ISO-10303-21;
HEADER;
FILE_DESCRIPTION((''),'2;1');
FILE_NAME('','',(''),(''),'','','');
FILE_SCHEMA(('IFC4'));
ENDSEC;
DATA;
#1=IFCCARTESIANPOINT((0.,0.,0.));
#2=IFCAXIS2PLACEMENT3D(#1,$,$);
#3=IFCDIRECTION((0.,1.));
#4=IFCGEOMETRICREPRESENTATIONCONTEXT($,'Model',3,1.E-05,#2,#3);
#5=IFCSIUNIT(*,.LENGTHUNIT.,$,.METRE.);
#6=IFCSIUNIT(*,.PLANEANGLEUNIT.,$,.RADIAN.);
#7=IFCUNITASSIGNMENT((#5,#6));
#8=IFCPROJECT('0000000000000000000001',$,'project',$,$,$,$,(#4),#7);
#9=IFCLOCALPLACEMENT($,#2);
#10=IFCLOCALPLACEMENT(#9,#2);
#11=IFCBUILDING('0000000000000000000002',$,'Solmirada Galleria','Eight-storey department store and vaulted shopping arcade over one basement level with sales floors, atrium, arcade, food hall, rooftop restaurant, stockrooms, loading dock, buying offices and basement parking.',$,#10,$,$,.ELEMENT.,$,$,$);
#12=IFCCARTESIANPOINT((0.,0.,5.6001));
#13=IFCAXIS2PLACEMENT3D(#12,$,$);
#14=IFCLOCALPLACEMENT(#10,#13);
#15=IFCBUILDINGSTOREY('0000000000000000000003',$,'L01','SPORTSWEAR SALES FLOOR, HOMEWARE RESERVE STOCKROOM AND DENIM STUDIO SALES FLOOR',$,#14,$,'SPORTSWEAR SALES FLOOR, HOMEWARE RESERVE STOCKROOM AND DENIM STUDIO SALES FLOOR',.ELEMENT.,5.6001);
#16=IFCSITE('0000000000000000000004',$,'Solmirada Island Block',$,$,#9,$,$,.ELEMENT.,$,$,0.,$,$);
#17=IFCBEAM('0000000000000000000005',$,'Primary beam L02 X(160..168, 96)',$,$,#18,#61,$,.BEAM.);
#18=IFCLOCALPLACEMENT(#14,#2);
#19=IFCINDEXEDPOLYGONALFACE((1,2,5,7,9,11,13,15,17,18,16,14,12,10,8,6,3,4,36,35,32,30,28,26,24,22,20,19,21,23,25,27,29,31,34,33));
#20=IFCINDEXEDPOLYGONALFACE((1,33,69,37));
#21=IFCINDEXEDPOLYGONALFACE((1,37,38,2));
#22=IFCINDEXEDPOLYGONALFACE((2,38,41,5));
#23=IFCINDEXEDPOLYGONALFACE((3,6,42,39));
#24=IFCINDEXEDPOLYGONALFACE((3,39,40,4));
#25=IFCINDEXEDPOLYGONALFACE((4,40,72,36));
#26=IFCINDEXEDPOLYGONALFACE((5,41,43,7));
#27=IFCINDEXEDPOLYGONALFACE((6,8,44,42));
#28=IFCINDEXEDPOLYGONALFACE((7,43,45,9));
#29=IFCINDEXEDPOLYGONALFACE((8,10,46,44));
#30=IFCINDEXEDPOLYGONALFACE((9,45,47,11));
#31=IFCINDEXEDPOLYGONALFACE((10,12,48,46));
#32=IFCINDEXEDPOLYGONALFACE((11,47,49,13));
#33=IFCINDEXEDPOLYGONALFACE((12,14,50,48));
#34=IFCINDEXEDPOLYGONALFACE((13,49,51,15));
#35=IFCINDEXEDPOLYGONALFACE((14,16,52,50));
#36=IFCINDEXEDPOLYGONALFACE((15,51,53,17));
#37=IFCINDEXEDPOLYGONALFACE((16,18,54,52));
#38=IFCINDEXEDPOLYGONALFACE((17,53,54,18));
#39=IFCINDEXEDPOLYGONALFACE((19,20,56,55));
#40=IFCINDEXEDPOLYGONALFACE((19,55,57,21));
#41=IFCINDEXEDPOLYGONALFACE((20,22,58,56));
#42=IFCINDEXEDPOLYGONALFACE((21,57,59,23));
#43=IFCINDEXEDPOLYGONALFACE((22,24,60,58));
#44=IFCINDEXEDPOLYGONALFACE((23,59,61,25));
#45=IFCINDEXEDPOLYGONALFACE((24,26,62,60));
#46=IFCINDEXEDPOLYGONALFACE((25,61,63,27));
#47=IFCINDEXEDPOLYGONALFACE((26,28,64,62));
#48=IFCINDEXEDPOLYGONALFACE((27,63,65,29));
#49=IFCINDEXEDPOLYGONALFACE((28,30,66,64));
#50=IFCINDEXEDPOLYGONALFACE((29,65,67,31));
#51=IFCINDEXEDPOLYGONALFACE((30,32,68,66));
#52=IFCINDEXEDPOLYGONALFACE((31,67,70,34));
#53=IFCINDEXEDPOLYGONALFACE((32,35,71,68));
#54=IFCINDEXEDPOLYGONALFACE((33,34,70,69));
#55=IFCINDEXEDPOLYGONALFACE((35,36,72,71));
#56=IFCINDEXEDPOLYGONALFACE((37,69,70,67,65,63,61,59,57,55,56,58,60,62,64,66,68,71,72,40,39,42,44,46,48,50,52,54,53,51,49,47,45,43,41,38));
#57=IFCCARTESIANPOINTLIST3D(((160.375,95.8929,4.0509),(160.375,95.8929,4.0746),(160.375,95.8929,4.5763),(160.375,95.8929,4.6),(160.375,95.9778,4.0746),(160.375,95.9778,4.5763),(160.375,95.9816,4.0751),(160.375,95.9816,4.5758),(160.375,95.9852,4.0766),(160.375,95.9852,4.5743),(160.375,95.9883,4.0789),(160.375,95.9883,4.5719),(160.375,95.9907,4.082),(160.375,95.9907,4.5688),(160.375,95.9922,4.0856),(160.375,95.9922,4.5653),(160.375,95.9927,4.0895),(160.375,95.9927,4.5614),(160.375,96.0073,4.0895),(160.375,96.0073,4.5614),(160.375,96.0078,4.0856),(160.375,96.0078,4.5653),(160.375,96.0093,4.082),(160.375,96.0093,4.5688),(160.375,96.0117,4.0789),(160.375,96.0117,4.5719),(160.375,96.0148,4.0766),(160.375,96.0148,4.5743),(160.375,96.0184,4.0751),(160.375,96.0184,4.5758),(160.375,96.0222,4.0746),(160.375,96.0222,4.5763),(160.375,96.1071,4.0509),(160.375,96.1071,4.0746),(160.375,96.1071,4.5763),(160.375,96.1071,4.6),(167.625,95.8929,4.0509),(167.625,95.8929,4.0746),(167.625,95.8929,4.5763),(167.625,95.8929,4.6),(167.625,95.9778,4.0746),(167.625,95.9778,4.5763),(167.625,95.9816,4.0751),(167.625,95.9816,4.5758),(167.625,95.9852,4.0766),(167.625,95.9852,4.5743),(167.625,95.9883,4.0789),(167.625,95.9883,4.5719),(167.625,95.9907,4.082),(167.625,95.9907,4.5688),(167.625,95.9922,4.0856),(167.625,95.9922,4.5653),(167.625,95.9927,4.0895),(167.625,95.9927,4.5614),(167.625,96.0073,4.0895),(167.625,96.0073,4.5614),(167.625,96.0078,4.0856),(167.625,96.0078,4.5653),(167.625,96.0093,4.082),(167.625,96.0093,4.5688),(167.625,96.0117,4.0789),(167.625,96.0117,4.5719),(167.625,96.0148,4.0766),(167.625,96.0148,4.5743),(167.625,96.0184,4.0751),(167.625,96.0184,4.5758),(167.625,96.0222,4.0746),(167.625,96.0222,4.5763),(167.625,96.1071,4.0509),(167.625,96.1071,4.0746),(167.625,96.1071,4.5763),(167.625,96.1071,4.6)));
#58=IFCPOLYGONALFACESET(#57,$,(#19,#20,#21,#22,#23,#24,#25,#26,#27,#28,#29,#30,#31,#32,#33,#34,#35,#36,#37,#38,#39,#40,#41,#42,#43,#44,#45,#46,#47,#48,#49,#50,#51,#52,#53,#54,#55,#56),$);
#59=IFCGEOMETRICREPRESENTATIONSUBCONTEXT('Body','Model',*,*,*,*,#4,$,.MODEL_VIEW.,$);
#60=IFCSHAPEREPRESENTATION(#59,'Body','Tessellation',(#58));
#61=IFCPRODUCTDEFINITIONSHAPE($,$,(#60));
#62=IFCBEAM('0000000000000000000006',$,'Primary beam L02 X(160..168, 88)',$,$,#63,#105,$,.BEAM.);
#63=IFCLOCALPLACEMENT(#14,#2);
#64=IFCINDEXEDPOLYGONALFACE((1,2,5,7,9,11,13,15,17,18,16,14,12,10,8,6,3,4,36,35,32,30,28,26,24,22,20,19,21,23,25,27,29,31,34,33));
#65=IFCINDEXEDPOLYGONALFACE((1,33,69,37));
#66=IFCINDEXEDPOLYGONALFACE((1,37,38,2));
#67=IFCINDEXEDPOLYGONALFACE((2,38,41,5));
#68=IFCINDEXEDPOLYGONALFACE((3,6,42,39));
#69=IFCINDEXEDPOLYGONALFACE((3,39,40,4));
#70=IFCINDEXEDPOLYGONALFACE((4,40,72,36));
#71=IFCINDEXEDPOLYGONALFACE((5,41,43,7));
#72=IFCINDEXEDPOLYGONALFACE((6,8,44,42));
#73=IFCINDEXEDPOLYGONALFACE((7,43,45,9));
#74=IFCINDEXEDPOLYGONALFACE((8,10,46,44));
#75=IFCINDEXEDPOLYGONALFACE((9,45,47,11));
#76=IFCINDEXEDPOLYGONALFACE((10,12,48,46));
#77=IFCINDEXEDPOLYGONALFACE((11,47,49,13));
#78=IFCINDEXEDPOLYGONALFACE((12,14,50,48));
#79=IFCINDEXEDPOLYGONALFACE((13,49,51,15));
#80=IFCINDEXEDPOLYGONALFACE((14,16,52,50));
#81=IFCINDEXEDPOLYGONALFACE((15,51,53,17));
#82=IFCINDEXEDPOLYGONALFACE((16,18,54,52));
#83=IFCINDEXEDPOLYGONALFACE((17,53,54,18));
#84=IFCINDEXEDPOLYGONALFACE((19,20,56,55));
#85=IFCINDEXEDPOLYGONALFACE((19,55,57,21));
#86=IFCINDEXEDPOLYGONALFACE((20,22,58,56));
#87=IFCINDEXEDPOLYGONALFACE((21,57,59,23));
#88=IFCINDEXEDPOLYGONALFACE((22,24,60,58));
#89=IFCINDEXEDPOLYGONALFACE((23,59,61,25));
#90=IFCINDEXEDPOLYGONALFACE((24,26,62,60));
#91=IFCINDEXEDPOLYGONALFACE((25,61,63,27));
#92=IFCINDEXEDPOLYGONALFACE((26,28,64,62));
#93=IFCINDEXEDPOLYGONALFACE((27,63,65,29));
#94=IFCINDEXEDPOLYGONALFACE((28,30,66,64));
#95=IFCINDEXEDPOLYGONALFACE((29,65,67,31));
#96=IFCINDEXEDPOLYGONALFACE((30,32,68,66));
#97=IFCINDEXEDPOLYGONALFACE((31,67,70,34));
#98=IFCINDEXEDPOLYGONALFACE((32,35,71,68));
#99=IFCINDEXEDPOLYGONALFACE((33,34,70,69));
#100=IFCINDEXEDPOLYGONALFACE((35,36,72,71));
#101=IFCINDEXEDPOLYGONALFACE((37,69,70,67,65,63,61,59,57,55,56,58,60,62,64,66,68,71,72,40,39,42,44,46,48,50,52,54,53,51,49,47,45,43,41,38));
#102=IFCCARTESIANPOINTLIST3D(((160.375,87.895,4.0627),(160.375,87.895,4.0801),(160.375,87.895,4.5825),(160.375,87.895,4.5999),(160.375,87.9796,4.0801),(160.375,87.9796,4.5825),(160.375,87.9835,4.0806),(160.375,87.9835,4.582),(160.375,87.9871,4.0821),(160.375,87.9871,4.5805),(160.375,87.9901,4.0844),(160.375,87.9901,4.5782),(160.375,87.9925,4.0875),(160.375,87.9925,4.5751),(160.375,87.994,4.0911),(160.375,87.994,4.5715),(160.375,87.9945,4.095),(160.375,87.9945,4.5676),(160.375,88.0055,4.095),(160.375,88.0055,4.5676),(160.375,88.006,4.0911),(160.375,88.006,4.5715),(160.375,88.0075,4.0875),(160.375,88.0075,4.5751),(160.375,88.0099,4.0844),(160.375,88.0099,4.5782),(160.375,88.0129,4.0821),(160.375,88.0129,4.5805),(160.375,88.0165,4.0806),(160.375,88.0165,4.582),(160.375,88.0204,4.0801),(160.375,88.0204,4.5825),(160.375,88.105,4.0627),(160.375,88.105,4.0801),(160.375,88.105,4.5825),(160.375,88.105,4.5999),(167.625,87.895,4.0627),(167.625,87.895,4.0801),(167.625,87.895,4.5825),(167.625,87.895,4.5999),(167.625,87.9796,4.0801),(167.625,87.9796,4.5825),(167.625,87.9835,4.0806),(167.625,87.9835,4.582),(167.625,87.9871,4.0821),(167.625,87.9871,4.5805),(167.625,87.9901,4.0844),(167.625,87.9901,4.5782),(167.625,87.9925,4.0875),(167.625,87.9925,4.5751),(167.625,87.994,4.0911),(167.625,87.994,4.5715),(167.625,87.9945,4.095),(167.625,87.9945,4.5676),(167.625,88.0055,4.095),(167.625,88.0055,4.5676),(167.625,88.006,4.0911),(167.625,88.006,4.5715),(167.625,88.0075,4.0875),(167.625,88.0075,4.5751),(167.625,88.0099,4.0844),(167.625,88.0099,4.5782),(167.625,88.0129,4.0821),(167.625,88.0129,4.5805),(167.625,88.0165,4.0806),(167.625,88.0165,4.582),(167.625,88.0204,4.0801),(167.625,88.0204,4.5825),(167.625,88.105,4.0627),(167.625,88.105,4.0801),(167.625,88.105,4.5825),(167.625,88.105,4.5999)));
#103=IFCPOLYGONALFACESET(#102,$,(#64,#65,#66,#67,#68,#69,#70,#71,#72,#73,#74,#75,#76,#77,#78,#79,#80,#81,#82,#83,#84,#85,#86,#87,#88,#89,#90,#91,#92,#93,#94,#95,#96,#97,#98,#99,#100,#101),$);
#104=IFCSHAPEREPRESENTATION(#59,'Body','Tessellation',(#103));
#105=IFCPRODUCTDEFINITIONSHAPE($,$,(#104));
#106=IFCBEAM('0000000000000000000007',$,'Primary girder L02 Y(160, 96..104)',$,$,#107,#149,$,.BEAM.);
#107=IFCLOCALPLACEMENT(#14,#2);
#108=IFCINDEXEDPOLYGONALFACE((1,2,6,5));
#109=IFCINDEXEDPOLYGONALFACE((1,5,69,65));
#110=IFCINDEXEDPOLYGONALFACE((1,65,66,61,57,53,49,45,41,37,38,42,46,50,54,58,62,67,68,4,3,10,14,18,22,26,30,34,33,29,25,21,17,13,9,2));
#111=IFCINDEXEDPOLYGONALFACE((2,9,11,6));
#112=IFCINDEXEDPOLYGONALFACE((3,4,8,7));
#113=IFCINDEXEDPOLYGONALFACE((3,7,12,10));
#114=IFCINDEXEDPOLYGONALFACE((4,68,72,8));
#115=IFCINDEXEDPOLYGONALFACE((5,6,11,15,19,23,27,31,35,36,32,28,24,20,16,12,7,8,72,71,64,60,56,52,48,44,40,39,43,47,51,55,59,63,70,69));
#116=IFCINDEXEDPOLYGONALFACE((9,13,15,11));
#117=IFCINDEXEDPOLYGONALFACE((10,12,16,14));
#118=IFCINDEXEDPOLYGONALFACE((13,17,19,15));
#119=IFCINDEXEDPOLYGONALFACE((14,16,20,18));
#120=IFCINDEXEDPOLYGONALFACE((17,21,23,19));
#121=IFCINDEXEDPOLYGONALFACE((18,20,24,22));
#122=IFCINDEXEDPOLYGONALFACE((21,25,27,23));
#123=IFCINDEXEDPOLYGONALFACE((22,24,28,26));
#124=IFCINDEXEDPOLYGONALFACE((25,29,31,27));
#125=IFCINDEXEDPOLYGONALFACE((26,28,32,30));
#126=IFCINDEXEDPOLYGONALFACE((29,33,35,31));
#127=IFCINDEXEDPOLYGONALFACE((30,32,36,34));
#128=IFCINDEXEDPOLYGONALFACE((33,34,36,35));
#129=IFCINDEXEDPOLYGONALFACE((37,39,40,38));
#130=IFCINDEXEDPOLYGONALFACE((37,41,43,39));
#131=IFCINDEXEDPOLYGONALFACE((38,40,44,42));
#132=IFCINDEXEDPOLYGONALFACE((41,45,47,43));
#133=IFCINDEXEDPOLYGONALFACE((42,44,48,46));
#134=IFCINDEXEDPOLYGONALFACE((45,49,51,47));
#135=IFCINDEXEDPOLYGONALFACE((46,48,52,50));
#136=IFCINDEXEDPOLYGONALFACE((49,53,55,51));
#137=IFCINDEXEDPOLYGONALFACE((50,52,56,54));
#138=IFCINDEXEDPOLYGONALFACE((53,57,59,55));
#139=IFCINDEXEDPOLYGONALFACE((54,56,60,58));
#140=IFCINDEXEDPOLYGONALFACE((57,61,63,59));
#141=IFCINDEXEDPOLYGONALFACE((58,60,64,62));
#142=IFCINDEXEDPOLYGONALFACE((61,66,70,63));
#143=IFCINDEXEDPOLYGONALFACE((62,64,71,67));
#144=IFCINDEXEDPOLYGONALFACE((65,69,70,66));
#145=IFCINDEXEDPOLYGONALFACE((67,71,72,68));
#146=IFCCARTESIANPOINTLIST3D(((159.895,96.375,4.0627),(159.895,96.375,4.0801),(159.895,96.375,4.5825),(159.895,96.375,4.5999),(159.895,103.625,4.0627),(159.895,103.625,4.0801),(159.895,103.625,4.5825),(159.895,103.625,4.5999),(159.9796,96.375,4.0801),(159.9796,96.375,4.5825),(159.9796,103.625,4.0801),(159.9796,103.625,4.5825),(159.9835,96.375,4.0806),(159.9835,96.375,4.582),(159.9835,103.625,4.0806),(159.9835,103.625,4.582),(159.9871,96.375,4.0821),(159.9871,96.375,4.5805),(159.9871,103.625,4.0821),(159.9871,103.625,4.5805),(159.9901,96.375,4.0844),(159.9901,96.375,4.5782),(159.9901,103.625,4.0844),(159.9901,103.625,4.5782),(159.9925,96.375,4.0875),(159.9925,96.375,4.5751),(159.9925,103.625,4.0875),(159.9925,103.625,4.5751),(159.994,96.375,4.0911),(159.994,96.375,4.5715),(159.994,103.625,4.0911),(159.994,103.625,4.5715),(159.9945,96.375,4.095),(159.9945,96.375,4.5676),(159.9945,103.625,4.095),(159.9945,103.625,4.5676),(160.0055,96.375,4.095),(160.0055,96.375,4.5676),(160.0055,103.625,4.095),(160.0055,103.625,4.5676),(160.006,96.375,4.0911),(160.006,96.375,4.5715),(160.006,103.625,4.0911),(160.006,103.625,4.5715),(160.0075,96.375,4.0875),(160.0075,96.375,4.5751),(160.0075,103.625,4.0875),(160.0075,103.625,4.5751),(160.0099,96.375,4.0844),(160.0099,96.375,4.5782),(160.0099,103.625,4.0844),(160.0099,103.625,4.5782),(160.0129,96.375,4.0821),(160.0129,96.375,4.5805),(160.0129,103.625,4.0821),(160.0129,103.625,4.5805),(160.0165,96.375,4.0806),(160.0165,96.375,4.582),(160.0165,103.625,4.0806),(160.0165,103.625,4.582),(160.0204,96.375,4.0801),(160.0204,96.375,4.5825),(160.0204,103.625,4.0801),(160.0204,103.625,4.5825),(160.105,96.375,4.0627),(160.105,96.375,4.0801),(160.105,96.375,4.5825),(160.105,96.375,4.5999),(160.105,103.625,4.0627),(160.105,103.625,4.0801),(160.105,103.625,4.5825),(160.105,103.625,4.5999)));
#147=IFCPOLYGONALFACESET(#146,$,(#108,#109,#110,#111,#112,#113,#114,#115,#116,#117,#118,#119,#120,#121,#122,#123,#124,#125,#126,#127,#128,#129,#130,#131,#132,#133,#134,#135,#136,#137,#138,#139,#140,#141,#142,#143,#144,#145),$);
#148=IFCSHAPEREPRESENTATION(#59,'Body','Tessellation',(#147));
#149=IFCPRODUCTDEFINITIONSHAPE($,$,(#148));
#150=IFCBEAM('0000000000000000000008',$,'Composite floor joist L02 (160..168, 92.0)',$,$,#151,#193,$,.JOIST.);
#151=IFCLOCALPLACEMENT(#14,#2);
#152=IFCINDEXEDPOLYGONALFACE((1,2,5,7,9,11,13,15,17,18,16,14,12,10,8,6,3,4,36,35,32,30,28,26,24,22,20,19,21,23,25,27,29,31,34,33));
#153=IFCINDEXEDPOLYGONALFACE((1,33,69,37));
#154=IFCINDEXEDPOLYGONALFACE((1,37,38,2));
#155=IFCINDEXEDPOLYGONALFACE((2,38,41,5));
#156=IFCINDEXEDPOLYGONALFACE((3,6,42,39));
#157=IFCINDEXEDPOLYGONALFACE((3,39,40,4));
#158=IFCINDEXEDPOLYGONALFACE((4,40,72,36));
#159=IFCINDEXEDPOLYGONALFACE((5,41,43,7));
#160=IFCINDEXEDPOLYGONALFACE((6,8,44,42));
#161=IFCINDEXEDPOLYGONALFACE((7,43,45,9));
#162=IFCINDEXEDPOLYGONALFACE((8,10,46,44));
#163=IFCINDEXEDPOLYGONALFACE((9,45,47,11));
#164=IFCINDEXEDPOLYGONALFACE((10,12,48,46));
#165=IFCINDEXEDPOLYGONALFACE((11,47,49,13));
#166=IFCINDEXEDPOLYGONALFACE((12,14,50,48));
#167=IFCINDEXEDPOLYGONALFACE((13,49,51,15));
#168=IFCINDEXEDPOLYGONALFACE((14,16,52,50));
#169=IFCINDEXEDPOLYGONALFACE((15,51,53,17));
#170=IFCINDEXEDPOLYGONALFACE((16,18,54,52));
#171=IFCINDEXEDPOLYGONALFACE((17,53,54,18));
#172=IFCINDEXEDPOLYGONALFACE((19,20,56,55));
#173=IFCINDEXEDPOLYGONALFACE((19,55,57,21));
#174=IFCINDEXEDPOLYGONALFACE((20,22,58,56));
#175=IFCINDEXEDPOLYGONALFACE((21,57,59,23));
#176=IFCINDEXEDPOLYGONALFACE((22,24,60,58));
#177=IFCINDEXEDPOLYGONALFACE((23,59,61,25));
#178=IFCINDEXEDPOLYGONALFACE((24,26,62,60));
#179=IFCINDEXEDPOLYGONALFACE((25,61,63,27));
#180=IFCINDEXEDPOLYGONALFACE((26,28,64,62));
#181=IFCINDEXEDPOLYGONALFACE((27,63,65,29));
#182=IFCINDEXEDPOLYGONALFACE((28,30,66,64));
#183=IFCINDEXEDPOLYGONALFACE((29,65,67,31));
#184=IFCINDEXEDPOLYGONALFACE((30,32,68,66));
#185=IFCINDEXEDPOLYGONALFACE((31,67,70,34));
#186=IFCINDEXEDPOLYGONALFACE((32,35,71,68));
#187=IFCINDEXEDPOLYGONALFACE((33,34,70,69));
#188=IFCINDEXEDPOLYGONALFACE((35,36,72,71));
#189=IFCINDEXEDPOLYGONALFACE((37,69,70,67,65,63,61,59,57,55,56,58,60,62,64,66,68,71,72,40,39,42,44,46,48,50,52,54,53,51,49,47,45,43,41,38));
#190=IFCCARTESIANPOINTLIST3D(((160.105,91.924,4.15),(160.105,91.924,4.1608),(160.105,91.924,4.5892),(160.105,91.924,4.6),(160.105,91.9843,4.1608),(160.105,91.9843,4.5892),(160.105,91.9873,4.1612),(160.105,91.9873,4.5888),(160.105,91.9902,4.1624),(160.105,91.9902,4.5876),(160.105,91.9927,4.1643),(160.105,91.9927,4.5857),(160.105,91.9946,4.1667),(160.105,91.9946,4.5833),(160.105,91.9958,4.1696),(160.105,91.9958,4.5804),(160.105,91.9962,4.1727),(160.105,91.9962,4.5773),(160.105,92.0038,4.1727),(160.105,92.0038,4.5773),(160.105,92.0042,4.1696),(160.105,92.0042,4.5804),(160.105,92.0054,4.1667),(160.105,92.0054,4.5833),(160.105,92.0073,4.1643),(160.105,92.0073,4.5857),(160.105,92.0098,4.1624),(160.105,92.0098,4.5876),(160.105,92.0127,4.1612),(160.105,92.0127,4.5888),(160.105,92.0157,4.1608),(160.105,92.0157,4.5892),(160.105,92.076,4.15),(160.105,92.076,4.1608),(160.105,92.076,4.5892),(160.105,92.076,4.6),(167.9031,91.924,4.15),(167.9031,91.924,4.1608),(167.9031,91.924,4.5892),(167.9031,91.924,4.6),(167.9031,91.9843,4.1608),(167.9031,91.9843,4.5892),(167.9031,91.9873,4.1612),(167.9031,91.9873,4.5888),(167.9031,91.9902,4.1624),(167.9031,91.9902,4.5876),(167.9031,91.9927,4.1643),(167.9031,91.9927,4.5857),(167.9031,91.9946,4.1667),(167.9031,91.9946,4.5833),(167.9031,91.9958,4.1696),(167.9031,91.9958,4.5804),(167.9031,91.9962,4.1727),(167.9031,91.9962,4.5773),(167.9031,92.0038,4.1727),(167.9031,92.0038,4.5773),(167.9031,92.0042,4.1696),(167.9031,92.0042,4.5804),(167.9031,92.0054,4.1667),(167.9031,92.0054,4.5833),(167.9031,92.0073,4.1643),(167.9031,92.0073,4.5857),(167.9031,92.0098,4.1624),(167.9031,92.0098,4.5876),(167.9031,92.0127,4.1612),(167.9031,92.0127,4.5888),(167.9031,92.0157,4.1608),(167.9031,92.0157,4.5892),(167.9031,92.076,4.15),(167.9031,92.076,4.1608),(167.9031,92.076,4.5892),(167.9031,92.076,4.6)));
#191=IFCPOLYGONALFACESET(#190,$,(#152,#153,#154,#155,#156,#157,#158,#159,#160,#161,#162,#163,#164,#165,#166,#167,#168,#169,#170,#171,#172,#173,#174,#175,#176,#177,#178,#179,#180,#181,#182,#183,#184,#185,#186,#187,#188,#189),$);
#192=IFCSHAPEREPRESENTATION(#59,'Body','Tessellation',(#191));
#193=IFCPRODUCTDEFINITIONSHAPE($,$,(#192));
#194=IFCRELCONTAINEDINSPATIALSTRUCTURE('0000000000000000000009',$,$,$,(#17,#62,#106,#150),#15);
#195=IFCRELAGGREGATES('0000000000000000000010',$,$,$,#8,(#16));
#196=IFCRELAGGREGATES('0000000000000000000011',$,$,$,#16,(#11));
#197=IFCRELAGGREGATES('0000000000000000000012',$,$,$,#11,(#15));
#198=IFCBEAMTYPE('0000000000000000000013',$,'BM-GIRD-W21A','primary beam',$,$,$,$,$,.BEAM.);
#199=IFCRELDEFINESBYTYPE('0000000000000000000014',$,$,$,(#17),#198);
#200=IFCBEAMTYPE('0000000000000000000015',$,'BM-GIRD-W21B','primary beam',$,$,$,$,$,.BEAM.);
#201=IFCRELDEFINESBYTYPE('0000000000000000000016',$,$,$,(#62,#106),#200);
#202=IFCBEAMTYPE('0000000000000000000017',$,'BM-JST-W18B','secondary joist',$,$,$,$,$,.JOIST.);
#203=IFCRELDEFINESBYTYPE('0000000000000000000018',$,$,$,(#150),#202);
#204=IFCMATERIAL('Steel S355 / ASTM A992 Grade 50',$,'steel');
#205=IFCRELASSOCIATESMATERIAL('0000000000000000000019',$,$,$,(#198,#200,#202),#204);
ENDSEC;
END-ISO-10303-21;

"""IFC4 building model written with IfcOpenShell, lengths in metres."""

from ifc_helpers import new_model, si_unit, direction, frame, origin, origin_2d, place, context, subcontext, project, spatial, i_section, extrude, material, material_profile, profile_set, type_object, element, save


model = new_model("IFC4")

# Units and contexts
model_context = context("Model", 3, precision=1e-05, world=origin(), true_north=direction((0.0, 1.0)))
body_context = subcontext(model_context, "Body", "Model", "MODEL_VIEW")
ifc_project = project(units=[si_unit("LENGTHUNIT", "METRE"), si_unit("PLANEANGLEUNIT", "RADIAN")], contexts=[model_context])

# Site, building, storey
site_placement = place(None, origin())
site = spatial("IfcSite", under=ifc_project, at=site_placement, Name="Solmirada Island Block", CompositionType="ELEMENT", RefElevation=0.0)
building_placement = place(site_placement, origin())
building = spatial("IfcBuilding", under=site, at=building_placement, Name="Solmirada Galleria", Description="Eight-storey department store and vaulted shopping arcade over one basement level with sales floors, atrium, arcade, food hall, rooftop restaurant, stockrooms, loading dock, buying offices and basement parking.", CompositionType="ELEMENT")
storey_placement = place(building_placement, frame((0.0, 0.0, 5.6001)))
storey = spatial("IfcBuildingStorey", under=building, at=storey_placement, Name="L01", Description="SPORTSWEAR SALES FLOOR, HOMEWARE RESERVE STOCKROOM AND DENIM STUDIO SALES FLOOR", LongName="SPORTSWEAR SALES FLOOR, HOMEWARE RESERVE STOCKROOM AND DENIM STUDIO SALES FLOOR", CompositionType="ELEMENT", Elevation=5.6001)

# Beams
ifc_material_1 = material(Name="Steel S355 / ASTM A992 Grade 50", Category="steel")
ifc_material_profile_1 = material_profile(ifc_material_1, i_section(OverallWidth=0.2141, OverallDepth=0.5491, WebThickness=0.0146, FlangeThickness=0.0237, FilletRadius=0.0149, at=origin_2d()), Name="W21X93")
ifc_profile_set_1 = profile_set([ifc_material_profile_1], Name="Steel S355 / ASTM A992 Grade 50")
beam_type_1 = type_object("IfcBeamType", Name="BM-GIRD-W21A", Description="primary beam", PredefinedType="BEAM", material=ifc_profile_set_1)
beam_1_placement = place(storey_placement, frame((160.375, 96.0, 4.3254), z_axis=(1.0, 0.0, 0.0), x_axis=(0.0, 1.0, 0.0)))
element("IfcBeam", 1, at=beam_1_placement, inside=storey, type_object=beam_type_1, Name="Primary beam L02 X(160..168, 96)", PredefinedType="BEAM", context=body_context, shape_type="SweptSolid", body=[
    extrude(i_section(OverallWidth=0.2141, OverallDepth=0.5491, WebThickness=0.0146, FlangeThickness=0.0237, FilletRadius=0.0149, at=origin_2d()), origin(), (0.0, 0.0, 1.0), 7.25),
])
ifc_material_profile_2 = material_profile(ifc_material_1, i_section(OverallWidth=0.21, OverallDepth=0.5371, WebThickness=0.011, FlangeThickness=0.0173, FilletRadius=0.0149, at=origin_2d()), Name="W21X68")
ifc_profile_set_2 = profile_set([ifc_material_profile_2], Name="Steel S355 / ASTM A992 Grade 50")
beam_type_2 = type_object("IfcBeamType", Name="BM-GIRD-W21B", Description="primary beam", PredefinedType="BEAM", material=ifc_profile_set_2)
for number, where, z_axis, x_axis, name in (
    (2, (160.375, 88.0, 4.3313), (1.0, 0.0, 0.0), (0.0, 1.0, 0.0), "Primary beam L02 X(160..168, 88)"),
    (3, (160.0, 96.375, 4.3313), (0.0, 1.0, 0.0), (-1.0, 0.0, 0.0), "Primary girder L02 Y(160, 96..104)"),
):
    element("IfcBeam", number, at=place(storey_placement, frame(where, z_axis=z_axis, x_axis=x_axis)), inside=storey, type_object=beam_type_2, Name=name, PredefinedType="BEAM", context=body_context, shape_type="SweptSolid", body=[
        extrude(i_section(OverallWidth=0.21, OverallDepth=0.5371, WebThickness=0.011, FlangeThickness=0.0173, FilletRadius=0.0149, at=origin_2d()), origin(), (0.0, 0.0, 1.0), 7.25),
    ])
ifc_material_profile_3 = material_profile(ifc_material_1, i_section(OverallWidth=0.1521, OverallDepth=0.45, WebThickness=0.0076, FlangeThickness=0.0107, FilletRadius=0.012, at=origin_2d()), Name="W18X35")
ifc_profile_set_3 = profile_set([ifc_material_profile_3], Name="Steel S355 / ASTM A992 Grade 50")
beam_type_3 = type_object("IfcBeamType", Name="BM-JST-W18B", Description="secondary joist", PredefinedType="JOIST", material=ifc_profile_set_3)
beam_2_placement = place(storey_placement, frame((160.105, 92.0, 4.375), z_axis=(1.0, 0.0, 0.0), x_axis=(0.0, 1.0, 0.0)))
element("IfcBeam", 4, at=beam_2_placement, inside=storey, type_object=beam_type_3, Name="Composite floor joist L02 (160..168, 92.0)", PredefinedType="JOIST", context=body_context, shape_type="SweptSolid", body=[
    extrude(i_section(OverallWidth=0.1521, OverallDepth=0.45, WebThickness=0.0076, FlangeThickness=0.0107, FilletRadius=0.012, at=origin_2d()), origin(), (0.0, 0.0, 1.0), 7.7981),
])

save(model, "model.ifc")
